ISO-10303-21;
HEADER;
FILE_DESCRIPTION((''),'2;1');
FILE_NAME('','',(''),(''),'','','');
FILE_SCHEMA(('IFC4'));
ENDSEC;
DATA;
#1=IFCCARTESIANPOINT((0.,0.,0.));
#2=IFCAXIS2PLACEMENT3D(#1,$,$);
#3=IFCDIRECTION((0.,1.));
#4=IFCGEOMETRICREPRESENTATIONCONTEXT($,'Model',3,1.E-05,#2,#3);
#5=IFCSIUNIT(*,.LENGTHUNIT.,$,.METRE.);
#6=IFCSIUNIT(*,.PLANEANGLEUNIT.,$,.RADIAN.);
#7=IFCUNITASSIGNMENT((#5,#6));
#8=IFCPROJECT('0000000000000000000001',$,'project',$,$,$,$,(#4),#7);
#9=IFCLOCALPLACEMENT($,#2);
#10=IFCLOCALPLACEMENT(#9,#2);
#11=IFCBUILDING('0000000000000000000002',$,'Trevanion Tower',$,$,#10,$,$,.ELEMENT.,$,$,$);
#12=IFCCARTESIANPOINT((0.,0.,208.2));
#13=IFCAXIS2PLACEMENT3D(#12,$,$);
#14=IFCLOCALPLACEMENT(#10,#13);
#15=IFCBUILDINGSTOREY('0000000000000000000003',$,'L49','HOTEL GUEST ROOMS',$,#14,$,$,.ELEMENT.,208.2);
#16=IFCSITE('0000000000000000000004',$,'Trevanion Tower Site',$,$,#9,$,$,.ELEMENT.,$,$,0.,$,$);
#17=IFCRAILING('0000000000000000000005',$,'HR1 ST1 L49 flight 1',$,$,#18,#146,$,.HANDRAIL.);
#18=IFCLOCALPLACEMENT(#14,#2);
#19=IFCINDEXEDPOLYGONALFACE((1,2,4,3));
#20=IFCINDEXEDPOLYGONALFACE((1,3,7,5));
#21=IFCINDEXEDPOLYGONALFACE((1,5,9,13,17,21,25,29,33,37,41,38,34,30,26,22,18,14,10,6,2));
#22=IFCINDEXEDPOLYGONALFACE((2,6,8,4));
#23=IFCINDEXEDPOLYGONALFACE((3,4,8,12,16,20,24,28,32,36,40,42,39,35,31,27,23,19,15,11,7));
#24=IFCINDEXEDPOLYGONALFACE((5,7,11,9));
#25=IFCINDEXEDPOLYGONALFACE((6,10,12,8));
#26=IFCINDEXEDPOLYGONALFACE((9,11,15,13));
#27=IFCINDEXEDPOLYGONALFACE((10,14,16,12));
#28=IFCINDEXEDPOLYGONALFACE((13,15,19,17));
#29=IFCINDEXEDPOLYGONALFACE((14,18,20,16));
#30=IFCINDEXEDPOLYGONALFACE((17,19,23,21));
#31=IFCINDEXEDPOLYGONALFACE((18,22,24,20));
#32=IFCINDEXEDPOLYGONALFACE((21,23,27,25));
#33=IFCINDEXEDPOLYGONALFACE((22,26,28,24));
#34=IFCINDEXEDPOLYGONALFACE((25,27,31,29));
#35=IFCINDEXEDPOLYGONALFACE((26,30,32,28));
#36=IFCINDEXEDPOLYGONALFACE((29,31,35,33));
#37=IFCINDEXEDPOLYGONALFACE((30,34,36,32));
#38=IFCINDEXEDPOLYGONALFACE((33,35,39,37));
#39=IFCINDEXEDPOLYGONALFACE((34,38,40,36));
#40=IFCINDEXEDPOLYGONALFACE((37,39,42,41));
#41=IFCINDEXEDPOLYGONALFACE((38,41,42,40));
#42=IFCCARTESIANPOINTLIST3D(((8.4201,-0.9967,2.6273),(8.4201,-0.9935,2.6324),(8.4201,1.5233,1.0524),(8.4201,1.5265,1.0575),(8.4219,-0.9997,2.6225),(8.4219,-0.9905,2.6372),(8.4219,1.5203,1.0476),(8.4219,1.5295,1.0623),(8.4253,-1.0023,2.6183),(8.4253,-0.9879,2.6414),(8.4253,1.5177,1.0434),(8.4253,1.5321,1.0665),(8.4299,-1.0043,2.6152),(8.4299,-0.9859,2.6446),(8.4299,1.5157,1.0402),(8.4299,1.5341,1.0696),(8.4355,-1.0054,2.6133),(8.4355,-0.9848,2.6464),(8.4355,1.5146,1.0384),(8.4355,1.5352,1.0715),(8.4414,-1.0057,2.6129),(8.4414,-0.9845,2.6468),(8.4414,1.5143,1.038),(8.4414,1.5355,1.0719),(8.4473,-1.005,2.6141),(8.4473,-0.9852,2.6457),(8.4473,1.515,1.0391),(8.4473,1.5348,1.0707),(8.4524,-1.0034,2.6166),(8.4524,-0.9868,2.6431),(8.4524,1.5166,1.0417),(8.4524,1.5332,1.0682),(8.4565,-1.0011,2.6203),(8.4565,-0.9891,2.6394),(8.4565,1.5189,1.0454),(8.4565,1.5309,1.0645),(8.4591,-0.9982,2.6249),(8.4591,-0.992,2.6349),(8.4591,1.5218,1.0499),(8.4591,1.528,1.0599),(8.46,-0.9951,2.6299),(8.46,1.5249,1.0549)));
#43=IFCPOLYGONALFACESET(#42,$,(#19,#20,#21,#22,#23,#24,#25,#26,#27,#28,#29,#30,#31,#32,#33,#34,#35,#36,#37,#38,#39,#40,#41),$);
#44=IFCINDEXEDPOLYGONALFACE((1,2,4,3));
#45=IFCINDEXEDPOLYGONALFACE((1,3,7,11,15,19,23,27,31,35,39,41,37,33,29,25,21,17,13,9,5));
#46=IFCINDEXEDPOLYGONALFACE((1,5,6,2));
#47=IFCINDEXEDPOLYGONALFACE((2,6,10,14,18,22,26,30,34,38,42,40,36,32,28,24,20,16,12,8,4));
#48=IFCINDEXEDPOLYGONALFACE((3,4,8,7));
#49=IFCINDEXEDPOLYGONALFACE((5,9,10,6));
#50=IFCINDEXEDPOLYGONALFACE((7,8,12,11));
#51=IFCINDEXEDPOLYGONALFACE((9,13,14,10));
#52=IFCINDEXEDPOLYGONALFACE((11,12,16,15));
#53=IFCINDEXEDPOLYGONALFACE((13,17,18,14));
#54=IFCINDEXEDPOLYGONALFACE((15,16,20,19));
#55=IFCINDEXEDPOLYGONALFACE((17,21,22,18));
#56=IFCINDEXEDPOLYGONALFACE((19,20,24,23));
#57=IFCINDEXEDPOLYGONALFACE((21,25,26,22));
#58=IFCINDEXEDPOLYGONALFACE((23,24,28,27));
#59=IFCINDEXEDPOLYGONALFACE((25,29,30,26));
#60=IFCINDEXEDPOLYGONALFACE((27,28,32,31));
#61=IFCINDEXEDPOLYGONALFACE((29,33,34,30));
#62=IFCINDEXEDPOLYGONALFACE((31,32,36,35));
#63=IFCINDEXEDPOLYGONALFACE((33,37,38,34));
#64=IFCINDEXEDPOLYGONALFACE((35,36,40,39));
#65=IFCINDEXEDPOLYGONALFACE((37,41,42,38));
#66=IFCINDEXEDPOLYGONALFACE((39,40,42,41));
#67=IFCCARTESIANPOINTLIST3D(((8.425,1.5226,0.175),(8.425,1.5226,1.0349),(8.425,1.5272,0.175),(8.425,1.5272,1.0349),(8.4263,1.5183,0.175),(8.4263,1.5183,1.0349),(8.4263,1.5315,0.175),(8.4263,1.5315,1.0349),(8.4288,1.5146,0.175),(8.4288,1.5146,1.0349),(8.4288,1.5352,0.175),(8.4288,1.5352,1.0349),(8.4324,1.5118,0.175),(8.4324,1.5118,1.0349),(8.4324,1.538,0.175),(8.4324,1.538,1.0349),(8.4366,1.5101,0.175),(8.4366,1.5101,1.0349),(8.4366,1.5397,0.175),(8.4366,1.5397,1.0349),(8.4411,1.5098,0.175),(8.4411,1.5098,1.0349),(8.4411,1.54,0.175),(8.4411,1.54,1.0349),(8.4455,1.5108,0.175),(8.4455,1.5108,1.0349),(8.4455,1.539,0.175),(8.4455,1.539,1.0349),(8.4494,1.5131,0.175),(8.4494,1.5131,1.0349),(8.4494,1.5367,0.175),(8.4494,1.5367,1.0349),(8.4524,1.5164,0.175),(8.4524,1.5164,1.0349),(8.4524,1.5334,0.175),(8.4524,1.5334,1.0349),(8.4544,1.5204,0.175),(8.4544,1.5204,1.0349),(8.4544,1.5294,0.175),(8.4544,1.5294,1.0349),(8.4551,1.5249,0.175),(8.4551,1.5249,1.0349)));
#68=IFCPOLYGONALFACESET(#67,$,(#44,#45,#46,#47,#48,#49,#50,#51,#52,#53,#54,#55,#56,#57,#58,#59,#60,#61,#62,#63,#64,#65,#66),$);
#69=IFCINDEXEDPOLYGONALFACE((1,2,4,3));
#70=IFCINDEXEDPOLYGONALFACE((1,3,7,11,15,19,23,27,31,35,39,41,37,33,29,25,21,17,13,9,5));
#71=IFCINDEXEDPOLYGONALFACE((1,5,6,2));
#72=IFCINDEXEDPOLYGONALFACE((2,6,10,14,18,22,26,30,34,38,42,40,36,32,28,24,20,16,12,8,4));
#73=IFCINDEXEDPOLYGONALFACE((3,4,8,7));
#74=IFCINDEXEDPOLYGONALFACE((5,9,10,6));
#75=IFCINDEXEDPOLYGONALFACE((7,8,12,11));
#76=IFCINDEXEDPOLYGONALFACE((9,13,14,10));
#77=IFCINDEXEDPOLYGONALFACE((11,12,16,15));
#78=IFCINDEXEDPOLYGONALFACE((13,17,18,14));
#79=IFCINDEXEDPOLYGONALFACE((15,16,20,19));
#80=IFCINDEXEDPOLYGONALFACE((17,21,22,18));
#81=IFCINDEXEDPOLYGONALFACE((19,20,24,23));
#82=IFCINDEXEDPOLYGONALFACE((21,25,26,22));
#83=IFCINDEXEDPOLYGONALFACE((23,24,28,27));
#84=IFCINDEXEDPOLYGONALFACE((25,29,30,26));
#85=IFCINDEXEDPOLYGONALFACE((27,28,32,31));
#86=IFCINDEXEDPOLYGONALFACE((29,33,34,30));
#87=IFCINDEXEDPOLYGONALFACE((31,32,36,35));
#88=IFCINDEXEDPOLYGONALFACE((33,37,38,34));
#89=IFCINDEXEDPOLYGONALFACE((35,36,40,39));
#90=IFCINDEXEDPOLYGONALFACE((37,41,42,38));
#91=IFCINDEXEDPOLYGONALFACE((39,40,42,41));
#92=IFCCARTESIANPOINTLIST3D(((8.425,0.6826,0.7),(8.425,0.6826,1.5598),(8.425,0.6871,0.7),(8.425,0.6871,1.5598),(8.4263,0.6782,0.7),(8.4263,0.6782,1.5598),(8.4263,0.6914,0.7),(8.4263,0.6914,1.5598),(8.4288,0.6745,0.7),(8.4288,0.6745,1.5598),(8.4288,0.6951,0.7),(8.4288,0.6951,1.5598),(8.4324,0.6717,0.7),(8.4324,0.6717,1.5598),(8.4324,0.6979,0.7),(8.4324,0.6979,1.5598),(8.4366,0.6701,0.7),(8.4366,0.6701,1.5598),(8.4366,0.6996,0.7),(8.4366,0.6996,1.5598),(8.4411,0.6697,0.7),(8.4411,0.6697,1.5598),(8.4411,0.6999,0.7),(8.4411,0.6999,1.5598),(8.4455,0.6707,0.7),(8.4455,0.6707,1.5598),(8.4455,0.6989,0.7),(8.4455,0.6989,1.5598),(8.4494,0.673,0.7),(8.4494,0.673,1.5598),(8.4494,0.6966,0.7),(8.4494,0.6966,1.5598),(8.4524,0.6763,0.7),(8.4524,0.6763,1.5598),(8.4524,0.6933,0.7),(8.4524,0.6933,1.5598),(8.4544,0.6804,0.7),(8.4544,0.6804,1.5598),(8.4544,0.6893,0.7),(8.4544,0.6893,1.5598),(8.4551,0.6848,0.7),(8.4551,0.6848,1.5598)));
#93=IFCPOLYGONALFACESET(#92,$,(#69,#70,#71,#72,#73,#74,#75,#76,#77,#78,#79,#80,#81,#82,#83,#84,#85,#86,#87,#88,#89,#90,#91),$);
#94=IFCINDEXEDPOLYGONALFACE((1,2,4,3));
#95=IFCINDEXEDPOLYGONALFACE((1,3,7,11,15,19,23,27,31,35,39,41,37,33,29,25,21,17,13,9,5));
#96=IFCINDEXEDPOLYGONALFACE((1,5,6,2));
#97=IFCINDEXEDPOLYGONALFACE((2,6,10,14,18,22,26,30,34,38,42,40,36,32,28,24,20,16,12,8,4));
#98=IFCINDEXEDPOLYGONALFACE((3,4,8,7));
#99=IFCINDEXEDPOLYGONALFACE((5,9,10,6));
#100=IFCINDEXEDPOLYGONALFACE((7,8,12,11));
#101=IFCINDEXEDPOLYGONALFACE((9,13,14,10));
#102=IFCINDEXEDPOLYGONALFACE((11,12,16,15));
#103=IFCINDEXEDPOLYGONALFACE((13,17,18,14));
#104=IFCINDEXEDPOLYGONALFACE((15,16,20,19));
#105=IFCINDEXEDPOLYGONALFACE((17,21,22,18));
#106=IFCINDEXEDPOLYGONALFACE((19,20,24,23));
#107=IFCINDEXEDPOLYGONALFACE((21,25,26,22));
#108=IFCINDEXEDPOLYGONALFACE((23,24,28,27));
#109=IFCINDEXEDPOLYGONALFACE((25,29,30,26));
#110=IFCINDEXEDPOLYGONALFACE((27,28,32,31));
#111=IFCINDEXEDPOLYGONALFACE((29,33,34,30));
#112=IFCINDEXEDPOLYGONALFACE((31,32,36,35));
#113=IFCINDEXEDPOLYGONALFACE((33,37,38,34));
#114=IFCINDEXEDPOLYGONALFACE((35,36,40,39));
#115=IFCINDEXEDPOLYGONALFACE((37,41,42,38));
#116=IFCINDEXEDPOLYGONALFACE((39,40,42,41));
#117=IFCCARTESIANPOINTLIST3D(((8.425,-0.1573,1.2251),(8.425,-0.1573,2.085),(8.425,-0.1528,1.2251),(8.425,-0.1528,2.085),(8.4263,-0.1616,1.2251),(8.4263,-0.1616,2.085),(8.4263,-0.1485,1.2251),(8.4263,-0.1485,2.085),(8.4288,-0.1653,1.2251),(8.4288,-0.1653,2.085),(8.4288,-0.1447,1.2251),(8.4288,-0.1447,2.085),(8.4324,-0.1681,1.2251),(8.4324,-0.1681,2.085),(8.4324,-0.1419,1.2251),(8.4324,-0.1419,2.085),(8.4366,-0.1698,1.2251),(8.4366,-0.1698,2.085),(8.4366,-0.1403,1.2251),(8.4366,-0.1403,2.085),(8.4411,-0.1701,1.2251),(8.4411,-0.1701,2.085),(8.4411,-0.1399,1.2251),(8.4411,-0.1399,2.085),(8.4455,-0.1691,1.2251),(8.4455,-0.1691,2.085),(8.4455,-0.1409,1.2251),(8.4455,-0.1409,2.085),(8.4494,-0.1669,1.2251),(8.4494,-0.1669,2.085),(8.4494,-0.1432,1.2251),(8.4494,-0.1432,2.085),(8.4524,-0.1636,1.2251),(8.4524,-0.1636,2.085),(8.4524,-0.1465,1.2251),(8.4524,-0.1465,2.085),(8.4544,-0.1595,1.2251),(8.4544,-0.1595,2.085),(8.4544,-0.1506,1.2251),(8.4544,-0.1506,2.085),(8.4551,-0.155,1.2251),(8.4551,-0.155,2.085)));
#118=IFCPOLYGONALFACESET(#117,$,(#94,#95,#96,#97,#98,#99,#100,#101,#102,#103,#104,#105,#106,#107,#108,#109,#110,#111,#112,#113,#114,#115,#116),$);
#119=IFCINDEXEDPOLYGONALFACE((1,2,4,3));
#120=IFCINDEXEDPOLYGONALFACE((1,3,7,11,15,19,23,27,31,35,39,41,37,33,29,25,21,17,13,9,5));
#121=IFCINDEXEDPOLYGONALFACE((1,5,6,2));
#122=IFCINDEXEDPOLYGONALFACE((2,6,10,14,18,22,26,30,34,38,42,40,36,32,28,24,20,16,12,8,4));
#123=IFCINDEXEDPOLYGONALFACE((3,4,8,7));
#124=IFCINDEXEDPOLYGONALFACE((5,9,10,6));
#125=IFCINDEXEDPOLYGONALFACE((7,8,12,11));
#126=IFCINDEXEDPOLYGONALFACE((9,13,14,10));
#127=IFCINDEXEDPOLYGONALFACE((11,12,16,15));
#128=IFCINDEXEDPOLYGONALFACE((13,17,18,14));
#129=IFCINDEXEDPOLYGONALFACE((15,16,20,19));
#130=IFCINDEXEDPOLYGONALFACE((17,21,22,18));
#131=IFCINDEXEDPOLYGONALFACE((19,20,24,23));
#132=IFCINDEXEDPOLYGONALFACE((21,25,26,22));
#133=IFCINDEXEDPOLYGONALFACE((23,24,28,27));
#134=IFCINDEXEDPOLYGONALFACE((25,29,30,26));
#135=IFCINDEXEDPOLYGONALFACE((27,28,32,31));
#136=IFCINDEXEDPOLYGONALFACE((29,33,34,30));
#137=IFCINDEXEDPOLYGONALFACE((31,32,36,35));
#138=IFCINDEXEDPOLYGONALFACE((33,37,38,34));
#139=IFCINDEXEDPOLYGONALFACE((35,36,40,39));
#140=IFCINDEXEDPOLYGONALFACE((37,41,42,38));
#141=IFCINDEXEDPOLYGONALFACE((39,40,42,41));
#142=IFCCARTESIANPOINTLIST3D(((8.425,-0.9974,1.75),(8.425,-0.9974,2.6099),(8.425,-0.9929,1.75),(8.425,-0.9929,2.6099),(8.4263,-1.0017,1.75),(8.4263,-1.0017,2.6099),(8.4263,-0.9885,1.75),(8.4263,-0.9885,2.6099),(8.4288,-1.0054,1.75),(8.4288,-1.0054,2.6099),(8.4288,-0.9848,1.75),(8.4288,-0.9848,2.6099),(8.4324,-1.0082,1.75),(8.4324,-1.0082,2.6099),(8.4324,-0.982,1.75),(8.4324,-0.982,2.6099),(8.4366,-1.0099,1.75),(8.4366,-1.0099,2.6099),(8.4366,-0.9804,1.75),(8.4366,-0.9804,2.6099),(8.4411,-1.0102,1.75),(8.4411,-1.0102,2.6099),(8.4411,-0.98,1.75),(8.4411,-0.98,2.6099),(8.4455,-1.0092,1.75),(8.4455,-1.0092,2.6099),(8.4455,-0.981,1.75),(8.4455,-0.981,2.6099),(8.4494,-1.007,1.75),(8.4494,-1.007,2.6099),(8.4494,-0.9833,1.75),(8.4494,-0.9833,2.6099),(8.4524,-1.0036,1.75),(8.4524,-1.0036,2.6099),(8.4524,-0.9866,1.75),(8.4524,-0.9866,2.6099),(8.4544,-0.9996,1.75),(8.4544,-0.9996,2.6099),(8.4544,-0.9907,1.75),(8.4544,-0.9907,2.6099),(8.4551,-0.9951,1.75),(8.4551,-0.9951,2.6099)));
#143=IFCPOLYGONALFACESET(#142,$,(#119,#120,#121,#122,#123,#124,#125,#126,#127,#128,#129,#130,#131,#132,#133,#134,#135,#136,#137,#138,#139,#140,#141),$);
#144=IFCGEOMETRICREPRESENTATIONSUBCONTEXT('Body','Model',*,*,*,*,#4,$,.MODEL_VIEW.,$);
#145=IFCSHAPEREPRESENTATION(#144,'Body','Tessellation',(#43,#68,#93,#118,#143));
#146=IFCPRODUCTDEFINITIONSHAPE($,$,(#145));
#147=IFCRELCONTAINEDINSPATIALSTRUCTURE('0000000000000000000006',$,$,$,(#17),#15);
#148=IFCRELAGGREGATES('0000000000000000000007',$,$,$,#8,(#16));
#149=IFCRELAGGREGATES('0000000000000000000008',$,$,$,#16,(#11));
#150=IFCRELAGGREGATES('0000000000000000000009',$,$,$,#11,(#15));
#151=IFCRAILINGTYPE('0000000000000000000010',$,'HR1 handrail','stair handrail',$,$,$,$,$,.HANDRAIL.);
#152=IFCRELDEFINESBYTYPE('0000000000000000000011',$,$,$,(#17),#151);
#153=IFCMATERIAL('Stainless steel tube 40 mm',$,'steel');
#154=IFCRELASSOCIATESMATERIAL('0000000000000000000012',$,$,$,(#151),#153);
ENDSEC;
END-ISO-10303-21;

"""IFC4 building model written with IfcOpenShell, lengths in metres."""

from ifc_helpers import new_model, si_unit, direction, frame, origin, origin_2d, place, context, subcontext, project, spatial, circle, extrude, material, type_object, element, save


model = new_model("IFC4")

# Units and contexts
model_context = context("Model", 3, precision=1e-05, world=origin(), true_north=direction((0.0, 1.0)))
body_context = subcontext(model_context, "Body", "Model", "MODEL_VIEW")
ifc_project = project(units=[si_unit("LENGTHUNIT", "METRE"), si_unit("PLANEANGLEUNIT", "RADIAN")], contexts=[model_context])

# Site, building, storey
site_placement = place(None, origin())
site = spatial("IfcSite", under=ifc_project, at=site_placement, Name="Trevanion Tower Site", CompositionType="ELEMENT", RefElevation=0.0)
building_placement = place(site_placement, origin())
building = spatial("IfcBuilding", under=site, at=building_placement, Name="Trevanion Tower", CompositionType="ELEMENT")
storey_placement = place(building_placement, frame((0.0, 0.0, 208.2)))
storey = spatial("IfcBuildingStorey", under=building, at=storey_placement, Name="L49", Description="HOTEL GUEST ROOMS", CompositionType="ELEMENT", Elevation=208.2)

# Railing
ifc_material_1 = material(Name="Stainless steel tube 40 mm", Category="steel")
railing_type = type_object("IfcRailingType", Name="HR1 handrail", Description="stair handrail", PredefinedType="HANDRAIL", material=ifc_material_1)
for number, where, name in (
    (1, (8.4399, 1.5249, 0.175), "HR1 ST1 L49 flight 1"),
):
    element("IfcRailing", number, at=place(storey_placement, frame(where)), inside=storey, type_object=railing_type, Name=name, PredefinedType="HANDRAIL", context=body_context, shape_type="SweptSolid", body=[
        extrude(circle(Radius=0.02, at=origin_2d()), frame((0.0, 0.0, 0.8799), z_axis=(0.0, -0.848008, 0.529984), x_axis=(1.0, 0.0, 0.0)), (0.0, 0.0, 1.0), 2.9717),
        extrude(circle(Radius=0.0151, at=origin_2d()), origin(), (0.0, 0.0, 1.0), 0.8599),
        extrude(circle(Radius=0.0151, at=origin_2d()), frame((0.0, -0.8401, 0.5249)), (0.0, 0.0, 1.0), 0.8599),
        extrude(circle(Radius=0.0151, at=origin_2d()), frame((0.0, -1.6799, 1.05)), (0.0, 0.0, 1.0), 0.8599),
        extrude(circle(Radius=0.0151, at=origin_2d()), frame((0.0, -2.52, 1.575)), (0.0, 0.0, 1.0), 0.8599),
    ])

save(model, "model.ifc")
